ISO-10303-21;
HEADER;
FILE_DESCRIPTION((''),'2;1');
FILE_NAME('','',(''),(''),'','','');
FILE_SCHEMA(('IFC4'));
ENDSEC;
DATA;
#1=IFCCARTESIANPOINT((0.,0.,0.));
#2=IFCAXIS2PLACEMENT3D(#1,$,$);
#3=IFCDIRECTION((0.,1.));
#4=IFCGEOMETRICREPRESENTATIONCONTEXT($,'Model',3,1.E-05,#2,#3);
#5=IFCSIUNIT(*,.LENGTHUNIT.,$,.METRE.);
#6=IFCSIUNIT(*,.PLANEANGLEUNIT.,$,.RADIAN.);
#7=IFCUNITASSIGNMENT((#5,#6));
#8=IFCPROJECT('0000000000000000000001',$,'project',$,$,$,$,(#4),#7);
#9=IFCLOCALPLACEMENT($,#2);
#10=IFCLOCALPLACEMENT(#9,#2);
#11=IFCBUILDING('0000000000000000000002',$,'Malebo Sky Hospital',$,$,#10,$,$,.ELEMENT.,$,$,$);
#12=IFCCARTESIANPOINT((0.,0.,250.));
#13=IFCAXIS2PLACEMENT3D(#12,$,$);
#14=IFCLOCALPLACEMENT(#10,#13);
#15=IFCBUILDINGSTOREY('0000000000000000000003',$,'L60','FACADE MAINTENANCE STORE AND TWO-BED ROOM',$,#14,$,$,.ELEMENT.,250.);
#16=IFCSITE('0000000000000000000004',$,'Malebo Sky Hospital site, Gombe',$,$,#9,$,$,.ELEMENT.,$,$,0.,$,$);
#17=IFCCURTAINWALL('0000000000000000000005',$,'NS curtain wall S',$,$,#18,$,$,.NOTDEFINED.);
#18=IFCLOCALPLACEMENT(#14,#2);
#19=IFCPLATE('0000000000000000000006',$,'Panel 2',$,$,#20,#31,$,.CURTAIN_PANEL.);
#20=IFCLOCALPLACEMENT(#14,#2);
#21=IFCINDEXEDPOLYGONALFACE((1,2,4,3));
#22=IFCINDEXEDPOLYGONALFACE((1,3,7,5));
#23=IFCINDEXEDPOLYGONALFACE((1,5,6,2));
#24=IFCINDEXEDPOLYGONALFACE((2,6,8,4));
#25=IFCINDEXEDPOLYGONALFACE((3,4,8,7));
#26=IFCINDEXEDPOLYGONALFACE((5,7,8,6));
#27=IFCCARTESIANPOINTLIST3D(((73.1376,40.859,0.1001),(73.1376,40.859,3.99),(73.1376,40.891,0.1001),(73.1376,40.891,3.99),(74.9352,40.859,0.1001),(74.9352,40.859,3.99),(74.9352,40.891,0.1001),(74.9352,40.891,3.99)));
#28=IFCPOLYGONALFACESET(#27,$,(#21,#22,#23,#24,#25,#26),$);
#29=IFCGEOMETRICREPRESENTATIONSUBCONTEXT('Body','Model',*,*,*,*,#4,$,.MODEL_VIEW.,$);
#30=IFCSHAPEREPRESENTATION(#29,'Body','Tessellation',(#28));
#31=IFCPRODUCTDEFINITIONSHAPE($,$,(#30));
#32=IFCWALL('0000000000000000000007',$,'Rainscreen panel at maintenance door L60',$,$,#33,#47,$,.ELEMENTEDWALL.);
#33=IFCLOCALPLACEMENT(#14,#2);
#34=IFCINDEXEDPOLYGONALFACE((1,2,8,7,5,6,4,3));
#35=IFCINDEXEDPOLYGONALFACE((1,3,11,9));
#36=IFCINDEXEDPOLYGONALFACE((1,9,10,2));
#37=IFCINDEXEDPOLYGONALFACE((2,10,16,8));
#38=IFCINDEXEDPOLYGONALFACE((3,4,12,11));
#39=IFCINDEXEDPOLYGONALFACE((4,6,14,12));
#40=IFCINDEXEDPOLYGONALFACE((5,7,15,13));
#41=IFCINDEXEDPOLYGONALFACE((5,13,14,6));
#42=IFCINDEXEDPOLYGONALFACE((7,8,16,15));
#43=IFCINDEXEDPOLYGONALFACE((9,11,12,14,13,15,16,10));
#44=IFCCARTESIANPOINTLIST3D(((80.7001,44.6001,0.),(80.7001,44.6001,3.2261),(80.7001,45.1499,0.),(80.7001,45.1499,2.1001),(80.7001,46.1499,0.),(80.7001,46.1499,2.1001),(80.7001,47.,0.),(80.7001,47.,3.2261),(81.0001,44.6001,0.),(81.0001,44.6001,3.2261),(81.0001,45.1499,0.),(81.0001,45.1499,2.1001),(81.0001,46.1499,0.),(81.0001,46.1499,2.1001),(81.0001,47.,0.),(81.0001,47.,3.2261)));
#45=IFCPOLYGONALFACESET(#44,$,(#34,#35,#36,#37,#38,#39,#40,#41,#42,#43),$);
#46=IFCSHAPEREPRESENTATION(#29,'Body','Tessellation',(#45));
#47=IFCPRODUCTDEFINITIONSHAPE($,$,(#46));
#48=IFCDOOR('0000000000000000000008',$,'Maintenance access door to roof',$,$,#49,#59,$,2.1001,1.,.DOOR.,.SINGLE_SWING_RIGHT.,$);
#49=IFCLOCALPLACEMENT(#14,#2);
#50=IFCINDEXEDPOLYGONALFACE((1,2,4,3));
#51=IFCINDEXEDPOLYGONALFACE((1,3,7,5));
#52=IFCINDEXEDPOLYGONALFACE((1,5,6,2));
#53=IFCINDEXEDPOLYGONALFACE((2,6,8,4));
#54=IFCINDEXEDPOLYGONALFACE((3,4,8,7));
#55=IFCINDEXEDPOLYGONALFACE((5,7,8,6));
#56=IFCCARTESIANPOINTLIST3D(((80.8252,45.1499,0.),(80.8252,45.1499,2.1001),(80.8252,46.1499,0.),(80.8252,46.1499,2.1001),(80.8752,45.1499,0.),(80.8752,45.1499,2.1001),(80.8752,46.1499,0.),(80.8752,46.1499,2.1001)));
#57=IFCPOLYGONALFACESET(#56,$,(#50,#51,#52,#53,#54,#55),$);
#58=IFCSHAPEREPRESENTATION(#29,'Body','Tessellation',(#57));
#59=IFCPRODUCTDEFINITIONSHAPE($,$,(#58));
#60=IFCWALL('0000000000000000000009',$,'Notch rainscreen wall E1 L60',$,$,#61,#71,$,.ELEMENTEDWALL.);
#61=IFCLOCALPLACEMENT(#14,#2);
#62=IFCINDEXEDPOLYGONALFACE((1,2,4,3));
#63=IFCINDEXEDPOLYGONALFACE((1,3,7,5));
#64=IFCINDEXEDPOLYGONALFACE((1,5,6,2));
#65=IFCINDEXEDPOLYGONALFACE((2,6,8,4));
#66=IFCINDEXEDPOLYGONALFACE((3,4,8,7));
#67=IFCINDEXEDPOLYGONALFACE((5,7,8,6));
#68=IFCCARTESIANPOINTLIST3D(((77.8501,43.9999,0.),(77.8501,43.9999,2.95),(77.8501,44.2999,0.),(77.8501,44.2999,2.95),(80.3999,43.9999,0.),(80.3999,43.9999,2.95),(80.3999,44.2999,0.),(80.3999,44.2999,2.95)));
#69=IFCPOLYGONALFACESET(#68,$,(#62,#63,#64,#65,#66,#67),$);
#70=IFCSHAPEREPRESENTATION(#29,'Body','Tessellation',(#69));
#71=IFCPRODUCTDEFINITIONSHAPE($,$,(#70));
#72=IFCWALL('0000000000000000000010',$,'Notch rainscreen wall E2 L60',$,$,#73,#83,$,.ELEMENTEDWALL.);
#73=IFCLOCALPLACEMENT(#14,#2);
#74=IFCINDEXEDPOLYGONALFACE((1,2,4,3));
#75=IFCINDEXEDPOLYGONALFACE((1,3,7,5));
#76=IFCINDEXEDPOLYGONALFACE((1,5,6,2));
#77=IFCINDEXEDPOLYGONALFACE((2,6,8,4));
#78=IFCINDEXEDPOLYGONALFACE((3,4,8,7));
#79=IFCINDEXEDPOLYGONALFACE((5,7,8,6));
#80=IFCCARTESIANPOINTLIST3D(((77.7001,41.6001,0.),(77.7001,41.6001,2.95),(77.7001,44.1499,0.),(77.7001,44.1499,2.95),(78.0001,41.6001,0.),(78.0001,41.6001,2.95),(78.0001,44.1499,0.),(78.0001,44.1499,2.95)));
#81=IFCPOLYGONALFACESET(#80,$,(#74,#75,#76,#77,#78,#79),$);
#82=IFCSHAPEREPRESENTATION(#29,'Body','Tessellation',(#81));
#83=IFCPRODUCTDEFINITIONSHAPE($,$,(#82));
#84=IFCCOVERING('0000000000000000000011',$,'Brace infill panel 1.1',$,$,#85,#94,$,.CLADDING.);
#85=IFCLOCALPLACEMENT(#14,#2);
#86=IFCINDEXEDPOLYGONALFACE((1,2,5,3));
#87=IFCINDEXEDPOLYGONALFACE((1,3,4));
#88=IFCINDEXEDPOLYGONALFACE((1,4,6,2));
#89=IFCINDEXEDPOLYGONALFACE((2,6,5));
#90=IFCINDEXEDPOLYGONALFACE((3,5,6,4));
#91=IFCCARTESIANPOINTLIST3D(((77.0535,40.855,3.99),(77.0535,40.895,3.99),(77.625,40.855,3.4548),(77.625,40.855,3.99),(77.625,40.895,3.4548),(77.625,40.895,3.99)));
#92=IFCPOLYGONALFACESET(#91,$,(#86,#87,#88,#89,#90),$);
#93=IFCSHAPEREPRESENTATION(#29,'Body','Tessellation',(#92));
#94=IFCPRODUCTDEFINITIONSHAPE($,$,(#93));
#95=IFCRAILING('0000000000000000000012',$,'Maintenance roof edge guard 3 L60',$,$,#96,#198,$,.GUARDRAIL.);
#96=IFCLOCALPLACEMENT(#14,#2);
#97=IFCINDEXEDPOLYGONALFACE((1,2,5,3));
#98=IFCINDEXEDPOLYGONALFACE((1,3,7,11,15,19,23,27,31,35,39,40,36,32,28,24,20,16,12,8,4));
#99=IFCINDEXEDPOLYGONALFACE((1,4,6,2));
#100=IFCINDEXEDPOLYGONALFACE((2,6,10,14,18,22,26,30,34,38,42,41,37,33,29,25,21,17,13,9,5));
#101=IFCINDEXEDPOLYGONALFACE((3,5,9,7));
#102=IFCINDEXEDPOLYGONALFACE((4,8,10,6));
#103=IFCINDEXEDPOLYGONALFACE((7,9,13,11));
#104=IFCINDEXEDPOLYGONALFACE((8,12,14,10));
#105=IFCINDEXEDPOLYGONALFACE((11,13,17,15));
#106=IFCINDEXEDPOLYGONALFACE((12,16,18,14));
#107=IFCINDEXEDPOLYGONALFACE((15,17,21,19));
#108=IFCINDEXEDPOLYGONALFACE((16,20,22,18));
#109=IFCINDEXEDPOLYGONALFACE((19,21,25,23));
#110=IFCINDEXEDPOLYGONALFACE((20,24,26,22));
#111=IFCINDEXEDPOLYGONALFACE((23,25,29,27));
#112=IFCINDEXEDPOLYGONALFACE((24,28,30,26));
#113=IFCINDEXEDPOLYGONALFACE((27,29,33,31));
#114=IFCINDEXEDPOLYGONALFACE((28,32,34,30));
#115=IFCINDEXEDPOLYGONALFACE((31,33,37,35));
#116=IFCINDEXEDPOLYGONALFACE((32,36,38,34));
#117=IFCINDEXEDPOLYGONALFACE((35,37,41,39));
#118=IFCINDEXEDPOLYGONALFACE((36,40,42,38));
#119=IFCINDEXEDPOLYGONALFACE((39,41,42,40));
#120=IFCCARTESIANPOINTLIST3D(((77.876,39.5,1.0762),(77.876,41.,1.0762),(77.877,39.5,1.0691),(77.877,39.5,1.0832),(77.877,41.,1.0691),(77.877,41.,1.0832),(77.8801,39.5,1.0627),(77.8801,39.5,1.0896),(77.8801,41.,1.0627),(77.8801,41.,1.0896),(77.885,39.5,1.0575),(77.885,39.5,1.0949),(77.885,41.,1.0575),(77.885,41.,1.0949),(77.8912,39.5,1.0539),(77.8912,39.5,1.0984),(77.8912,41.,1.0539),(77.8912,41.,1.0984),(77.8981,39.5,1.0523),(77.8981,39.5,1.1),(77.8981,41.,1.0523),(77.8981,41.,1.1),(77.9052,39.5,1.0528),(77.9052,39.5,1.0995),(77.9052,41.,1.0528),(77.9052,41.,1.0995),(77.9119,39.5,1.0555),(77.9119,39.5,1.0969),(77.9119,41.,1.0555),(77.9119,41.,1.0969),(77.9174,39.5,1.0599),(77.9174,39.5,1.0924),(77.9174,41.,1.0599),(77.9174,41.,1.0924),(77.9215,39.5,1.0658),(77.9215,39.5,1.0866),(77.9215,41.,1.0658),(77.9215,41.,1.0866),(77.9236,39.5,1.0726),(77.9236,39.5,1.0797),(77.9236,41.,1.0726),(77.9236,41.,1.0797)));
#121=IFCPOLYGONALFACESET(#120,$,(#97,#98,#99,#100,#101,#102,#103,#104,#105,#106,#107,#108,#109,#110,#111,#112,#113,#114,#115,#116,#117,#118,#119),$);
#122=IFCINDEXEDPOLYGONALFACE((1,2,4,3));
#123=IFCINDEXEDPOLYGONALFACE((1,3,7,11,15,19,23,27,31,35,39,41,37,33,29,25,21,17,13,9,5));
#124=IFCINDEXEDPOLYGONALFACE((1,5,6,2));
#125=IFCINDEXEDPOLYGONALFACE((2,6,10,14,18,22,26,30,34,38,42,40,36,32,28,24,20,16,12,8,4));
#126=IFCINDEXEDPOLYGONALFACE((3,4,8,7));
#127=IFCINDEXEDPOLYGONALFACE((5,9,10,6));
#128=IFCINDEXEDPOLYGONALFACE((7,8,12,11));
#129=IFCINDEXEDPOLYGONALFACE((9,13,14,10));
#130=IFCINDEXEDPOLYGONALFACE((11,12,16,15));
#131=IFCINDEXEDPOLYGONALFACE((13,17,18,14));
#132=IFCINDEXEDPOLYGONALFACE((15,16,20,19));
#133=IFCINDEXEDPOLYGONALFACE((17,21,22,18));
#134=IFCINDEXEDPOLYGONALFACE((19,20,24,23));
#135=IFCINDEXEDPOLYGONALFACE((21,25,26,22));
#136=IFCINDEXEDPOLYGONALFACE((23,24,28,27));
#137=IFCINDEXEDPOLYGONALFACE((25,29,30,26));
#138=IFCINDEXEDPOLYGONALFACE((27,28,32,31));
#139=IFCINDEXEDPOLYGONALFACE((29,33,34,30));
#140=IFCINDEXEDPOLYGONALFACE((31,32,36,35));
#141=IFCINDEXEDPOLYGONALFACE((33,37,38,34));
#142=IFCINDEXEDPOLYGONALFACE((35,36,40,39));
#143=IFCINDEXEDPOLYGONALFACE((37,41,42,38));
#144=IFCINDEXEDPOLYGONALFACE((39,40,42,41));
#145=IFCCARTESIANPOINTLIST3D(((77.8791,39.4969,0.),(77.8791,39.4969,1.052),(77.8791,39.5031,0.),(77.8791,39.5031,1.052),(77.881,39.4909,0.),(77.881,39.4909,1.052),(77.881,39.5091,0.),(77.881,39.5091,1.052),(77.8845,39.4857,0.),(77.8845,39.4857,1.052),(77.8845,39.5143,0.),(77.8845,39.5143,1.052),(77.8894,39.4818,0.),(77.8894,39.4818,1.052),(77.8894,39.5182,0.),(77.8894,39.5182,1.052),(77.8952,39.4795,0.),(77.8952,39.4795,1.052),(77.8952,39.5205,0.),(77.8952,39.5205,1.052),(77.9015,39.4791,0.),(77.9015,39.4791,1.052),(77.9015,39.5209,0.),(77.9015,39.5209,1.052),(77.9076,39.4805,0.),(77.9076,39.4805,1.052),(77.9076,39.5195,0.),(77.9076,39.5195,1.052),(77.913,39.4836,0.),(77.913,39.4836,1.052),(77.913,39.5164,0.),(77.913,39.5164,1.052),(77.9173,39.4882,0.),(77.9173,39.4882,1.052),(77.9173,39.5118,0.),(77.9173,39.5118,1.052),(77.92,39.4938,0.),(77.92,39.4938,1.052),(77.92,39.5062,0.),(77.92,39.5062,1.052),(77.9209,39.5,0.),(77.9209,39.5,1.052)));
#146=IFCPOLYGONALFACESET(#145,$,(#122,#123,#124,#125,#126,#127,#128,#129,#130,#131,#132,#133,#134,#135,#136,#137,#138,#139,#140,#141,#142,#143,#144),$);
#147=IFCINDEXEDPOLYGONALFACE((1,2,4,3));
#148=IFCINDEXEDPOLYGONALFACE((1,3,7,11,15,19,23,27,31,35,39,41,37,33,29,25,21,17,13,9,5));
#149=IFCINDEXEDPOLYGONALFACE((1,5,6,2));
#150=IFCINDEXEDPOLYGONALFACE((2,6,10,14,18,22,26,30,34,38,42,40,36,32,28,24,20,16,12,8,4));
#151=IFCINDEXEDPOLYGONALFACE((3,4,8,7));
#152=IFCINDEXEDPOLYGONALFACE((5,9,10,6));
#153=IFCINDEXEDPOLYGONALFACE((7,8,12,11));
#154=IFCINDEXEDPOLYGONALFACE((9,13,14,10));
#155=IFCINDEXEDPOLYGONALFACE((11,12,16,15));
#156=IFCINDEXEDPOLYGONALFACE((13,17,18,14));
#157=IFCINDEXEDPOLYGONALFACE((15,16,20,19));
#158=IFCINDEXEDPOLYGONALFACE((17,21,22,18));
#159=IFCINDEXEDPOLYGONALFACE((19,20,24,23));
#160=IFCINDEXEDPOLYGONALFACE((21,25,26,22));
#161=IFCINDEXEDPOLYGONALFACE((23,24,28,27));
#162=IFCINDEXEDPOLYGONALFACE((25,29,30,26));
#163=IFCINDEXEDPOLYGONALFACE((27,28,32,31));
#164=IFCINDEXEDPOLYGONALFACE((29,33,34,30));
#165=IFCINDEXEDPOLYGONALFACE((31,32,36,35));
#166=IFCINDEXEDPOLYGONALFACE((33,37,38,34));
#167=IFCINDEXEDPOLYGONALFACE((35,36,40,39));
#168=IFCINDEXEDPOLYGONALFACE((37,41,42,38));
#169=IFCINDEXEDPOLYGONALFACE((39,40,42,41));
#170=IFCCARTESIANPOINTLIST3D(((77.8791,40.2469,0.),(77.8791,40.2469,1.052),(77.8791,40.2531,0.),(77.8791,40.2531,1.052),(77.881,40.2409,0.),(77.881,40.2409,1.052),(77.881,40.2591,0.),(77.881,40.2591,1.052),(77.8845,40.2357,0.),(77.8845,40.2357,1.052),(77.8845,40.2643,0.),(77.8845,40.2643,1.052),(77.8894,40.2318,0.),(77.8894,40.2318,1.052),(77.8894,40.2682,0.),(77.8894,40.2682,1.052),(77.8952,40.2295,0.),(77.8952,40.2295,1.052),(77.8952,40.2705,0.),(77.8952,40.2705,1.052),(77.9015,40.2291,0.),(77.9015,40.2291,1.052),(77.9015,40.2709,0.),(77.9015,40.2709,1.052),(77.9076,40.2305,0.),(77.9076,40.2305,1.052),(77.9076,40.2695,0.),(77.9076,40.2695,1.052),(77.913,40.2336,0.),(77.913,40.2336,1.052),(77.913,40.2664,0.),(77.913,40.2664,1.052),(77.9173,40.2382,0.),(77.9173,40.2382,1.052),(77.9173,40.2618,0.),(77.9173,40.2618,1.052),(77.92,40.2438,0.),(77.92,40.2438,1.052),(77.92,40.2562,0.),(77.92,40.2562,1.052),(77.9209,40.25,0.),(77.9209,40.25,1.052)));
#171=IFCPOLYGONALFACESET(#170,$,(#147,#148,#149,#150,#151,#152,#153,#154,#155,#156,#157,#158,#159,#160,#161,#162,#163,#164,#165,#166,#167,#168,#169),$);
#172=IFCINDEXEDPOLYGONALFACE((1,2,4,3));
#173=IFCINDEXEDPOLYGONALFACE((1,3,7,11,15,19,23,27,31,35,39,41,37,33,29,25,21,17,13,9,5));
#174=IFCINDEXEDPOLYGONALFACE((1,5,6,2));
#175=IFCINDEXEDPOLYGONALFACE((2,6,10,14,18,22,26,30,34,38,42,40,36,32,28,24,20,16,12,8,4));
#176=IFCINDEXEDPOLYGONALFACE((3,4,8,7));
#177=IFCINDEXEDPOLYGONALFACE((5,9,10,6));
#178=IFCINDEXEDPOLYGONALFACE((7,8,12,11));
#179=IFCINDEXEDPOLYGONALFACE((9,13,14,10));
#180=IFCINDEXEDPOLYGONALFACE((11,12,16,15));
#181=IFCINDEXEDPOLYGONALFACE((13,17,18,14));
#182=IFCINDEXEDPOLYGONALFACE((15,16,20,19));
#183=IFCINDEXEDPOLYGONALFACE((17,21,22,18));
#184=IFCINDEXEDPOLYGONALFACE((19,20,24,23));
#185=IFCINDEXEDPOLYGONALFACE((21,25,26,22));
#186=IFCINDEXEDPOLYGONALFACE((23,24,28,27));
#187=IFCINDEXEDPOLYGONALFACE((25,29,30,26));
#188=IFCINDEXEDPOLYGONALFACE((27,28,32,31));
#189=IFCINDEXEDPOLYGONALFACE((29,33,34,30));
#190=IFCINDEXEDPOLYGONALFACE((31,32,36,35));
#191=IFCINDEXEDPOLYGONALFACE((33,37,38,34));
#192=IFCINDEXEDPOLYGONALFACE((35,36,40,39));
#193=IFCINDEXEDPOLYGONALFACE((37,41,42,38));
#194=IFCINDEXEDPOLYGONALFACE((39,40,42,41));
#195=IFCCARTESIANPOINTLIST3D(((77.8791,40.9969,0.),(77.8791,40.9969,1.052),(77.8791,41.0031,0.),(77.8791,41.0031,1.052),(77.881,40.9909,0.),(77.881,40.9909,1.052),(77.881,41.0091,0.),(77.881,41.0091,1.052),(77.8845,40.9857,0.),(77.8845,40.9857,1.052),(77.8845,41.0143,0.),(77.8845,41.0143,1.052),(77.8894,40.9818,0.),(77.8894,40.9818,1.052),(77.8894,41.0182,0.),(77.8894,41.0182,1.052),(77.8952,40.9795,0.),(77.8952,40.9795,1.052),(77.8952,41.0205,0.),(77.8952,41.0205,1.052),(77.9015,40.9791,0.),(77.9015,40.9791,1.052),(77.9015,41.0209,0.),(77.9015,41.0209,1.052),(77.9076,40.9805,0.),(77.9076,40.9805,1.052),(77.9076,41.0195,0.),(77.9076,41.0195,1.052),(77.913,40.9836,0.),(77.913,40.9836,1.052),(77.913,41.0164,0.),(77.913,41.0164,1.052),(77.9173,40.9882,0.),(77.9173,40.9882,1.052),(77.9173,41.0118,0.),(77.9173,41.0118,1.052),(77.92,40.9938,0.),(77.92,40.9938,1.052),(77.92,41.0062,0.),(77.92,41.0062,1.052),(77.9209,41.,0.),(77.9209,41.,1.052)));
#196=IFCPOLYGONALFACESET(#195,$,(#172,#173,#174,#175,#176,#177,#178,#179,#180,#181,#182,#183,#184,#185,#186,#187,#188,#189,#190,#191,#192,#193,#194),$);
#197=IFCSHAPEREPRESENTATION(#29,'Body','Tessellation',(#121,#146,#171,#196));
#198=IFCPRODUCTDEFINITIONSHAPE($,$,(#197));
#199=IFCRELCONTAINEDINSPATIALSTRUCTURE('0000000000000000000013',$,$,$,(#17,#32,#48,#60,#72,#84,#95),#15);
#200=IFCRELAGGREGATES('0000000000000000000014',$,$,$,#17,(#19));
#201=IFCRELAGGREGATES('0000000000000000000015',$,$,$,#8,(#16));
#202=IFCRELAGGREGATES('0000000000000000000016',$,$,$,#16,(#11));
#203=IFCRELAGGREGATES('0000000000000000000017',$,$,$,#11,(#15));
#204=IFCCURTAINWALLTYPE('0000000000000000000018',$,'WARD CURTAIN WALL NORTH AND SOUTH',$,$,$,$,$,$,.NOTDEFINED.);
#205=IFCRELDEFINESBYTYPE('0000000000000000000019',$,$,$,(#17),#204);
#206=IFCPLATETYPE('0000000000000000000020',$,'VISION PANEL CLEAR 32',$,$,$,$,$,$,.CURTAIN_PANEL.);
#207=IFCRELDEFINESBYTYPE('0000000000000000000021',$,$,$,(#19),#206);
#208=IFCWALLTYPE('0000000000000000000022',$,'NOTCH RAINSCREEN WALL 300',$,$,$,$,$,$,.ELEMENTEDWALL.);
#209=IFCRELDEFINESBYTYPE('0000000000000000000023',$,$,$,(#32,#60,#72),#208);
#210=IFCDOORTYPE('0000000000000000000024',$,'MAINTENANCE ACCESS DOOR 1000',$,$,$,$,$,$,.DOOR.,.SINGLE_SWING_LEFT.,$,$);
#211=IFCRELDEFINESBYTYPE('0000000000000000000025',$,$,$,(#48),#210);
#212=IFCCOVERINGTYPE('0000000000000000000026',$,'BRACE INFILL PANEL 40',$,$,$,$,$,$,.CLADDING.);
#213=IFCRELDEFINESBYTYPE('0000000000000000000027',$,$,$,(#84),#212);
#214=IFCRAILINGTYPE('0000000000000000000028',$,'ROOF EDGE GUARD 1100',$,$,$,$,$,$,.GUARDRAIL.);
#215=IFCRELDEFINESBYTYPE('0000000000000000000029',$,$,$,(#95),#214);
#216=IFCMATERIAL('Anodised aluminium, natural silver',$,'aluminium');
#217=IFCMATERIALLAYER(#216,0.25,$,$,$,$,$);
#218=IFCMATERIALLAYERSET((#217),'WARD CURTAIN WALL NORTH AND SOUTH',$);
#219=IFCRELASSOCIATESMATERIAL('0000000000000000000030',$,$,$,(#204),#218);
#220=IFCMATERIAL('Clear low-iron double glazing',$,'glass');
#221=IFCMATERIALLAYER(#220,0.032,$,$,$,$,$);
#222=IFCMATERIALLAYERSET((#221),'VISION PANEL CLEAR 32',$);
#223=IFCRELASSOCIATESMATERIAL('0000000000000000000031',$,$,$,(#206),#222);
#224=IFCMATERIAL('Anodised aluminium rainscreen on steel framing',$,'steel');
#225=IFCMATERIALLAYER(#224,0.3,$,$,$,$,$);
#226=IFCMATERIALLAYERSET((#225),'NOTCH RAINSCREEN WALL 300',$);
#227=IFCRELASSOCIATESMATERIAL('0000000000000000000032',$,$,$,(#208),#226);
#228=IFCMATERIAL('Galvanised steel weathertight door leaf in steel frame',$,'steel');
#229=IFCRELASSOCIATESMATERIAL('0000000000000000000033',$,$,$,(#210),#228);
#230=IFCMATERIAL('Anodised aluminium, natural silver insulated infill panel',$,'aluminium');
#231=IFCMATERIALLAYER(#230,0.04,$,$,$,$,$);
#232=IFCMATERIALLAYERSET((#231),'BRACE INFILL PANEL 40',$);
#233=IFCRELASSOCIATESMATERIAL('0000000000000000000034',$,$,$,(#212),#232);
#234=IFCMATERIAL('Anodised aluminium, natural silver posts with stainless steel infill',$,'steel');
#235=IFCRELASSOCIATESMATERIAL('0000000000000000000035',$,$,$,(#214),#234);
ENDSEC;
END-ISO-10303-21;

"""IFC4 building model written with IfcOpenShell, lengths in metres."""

from ifc_helpers import new_model, si_unit, direction, frame, frame_2d, origin, origin_2d, place, context, subcontext, project, spatial, polyline, rectangle, circle, outline, extrude, material, layer, layer_set, type_object, element, fill, aggregate, save


model = new_model("IFC4")

# Units and contexts
model_context = context("Model", 3, precision=1e-05, world=origin(), true_north=direction((0.0, 1.0)))
body_context = subcontext(model_context, "Body", "Model", "MODEL_VIEW")
ifc_project = project(units=[si_unit("LENGTHUNIT", "METRE"), si_unit("PLANEANGLEUNIT", "RADIAN")], contexts=[model_context])

# Site, building, storey
site_placement = place(None, origin())
site = spatial("IfcSite", under=ifc_project, at=site_placement, Name="Malebo Sky Hospital site, Gombe", CompositionType="ELEMENT", RefElevation=0.0)
building_placement = place(site_placement, origin())
building = spatial("IfcBuilding", under=site, at=building_placement, Name="Malebo Sky Hospital", CompositionType="ELEMENT")
storey_placement = place(building_placement, frame((0.0, 0.0, 250.0)))
storey = spatial("IfcBuildingStorey", under=building, at=storey_placement, Name="L60", Description="FACADE MAINTENANCE STORE AND TWO-BED ROOM", CompositionType="ELEMENT", Elevation=250.0)

# Curtain wall
ifc_material_1 = material(Name="Anodised aluminium, natural silver", Category="aluminium")
ifc_layer_1 = layer(ifc_material_1, 0.25)
ifc_layer_set_1 = layer_set([ifc_layer_1], Name="WARD CURTAIN WALL NORTH AND SOUTH")
curtain_wall_type_1 = type_object("IfcCurtainWallType", Name="WARD CURTAIN WALL NORTH AND SOUTH", PredefinedType="NOTDEFINED", material=ifc_layer_set_1)
curtain_wall_1_placement = place(storey_placement, origin())
curtain_wall_1 = element("IfcCurtainWall", 1, at=curtain_wall_1_placement, inside=storey, type_object=curtain_wall_type_1, Name="NS curtain wall S", PredefinedType="NOTDEFINED")

# Plate
ifc_material_2 = material(Name="Clear low-iron double glazing", Category="glass")
ifc_layer_2 = layer(ifc_material_2, 0.032)
ifc_layer_set_2 = layer_set([ifc_layer_2], Name="VISION PANEL CLEAR 32")
plate_type = type_object("IfcPlateType", Name="VISION PANEL CLEAR 32", PredefinedType="CURTAIN_PANEL", material=ifc_layer_set_2)
plate_1_placement = place(storey_placement, frame((74.0364, 40.875, 0.1001), z_axis=(0.0, 0.0, 1.0), x_axis=(-1.0, 0.0, 0.0)))
plate_1 = element("IfcPlate", 2, at=plate_1_placement, type_object=plate_type, Name="Panel 2", PredefinedType="CURTAIN_PANEL", context=body_context, shape_type="SweptSolid", body=[
    extrude(rectangle(XDim=1.7976, YDim=0.032, at=origin_2d()), origin(), (0.0, 0.0, 1.0), 3.8899),
])
aggregate(curtain_wall_1, [plate_1])

# Wall, opening, door
ifc_material_3 = material(Name="Anodised aluminium rainscreen on steel framing", Category="steel")
ifc_layer_3 = layer(ifc_material_3, 0.3)
ifc_layer_set_3 = layer_set([ifc_layer_3], Name="NOTCH RAINSCREEN WALL 300")
wall_type = type_object("IfcWallType", Name="NOTCH RAINSCREEN WALL 300", PredefinedType="ELEMENTEDWALL", material=ifc_layer_set_3)
wall_placement = place(storey_placement, frame((80.8501, 47.0, 0.0), z_axis=(0.0, 0.0, 1.0), x_axis=(0.0, -1.0, 0.0)))
wall = element("IfcWall", 3, at=wall_placement, inside=storey, type_object=wall_type, Name="Rainscreen panel at maintenance door L60", PredefinedType="ELEMENTEDWALL", context=body_context, shape_type="SweptSolid", body=[
    extrude(rectangle(XDim=2.3999, YDim=0.3, at=frame_2d((1.2, 0.0))), origin(), (0.0, 0.0, 1.0), 3.2261),
])
opening_placement = place(wall_placement, frame((0.8501, 0.0, 0.0)))
opening = element("IfcOpeningElement", 4, at=opening_placement, cuts=wall, PredefinedType="OPENING", context=body_context, shape_type="SweptSolid", body=[
    extrude(rectangle(XDim=1.0, YDim=2.1001, at=frame_2d((0.5, 1.05))), frame((0.0, 0.1599, 0.0), z_axis=(0.0, -1.0, 0.0), x_axis=(1.0, 0.0, 0.0)), (0.0, 0.0, 1.0), 0.3201),
])
ifc_material_4 = material(Name="Galvanised steel weathertight door leaf in steel frame", Category="steel")
door_type = type_object("IfcDoorType", Name="MAINTENANCE ACCESS DOOR 1000", OperationType="SINGLE_SWING_LEFT", PredefinedType="DOOR", material=ifc_material_4)
door_placement = place(opening_placement, frame((1.0, 0.0, 0.0), z_axis=(0.0, 0.0, 1.0), x_axis=(-1.0, 0.0, 0.0)))
door = element("IfcDoor", 5, at=door_placement, inside=storey, type_object=door_type, Name="Maintenance access door to roof", OperationType="SINGLE_SWING_RIGHT", OverallHeight=2.1001, OverallWidth=1.0, PredefinedType="DOOR", context=body_context, shape_type="SweptSolid", body=[
    extrude(rectangle(XDim=1.0, YDim=2.1001, at=frame_2d((0.5, 1.05))), frame((0.0, 0.0249, 0.0), z_axis=(0.0, -1.0, 0.0), x_axis=(1.0, 0.0, 0.0)), (0.0, 0.0, 1.0), 0.05),
])
fill(opening, door)

# Walls
for number, where, z_axis, x_axis, name in (
    (6, (80.3999, 44.1499, 0.0), (0.0, 0.0, 1.0), (-1.0, 0.0, 0.0), "Notch rainscreen wall E1 L60"),
    (7, (77.8501, 44.1499, 0.0), (0.0, 0.0, 1.0), (0.0, -1.0, 0.0), "Notch rainscreen wall E2 L60"),
):
    element("IfcWall", number, at=place(storey_placement, frame(where, z_axis=z_axis, x_axis=x_axis)), inside=storey, type_object=wall_type, Name=name, PredefinedType="ELEMENTEDWALL", context=body_context, shape_type="SweptSolid", body=[
        extrude(rectangle(XDim=2.5498, YDim=0.3, at=frame_2d((1.2749, 0.0))), origin(), (0.0, 0.0, 1.0), 2.95),
    ])

# Covering
ifc_material_5 = material(Name="Anodised aluminium, natural silver insulated infill panel", Category="aluminium")
ifc_layer_4 = layer(ifc_material_5, 0.04)
ifc_layer_set_4 = layer_set([ifc_layer_4], Name="BRACE INFILL PANEL 40")
covering_type = type_object("IfcCoveringType", Name="BRACE INFILL PANEL 40", PredefinedType="CLADDING", material=ifc_layer_set_4)
covering_placement = place(storey_placement, frame((77.3391, 40.875, 3.4548), z_axis=(0.0, 0.0, 1.0), x_axis=(-1.0, 0.0, 0.0)))
element("IfcCovering", 8, at=covering_placement, inside=storey, type_object=covering_type, Name="Brace infill panel 1.1", PredefinedType="CLADDING", context=body_context, shape_type="SweptSolid", body=[
    extrude(outline(polyline([(-0.2859, 0.0), (0.2856, 0.5352), (-0.2859, 0.5352), (-0.2859, 0.0)])), frame((0.0, 0.02, 0.0), z_axis=(0.0, -1.0, 0.0), x_axis=(1.0, 0.0, 0.0)), (0.0, 0.0, 1.0), 0.04),
])

# Railing
ifc_material_6 = material(Name="Anodised aluminium, natural silver posts with stainless steel infill", Category="steel")
railing_type = type_object("IfcRailingType", Name="ROOF EDGE GUARD 1100", PredefinedType="GUARDRAIL", material=ifc_material_6)
railing_1_placement = place(storey_placement, frame((77.8999, 39.5, 0.0)))
element("IfcRailing", 9, at=railing_1_placement, inside=storey, type_object=railing_type, Name="Maintenance roof edge guard 3 L60", PredefinedType="GUARDRAIL", context=body_context, shape_type="SweptSolid", body=[
    extrude(circle(Radius=0.0239, at=origin_2d()), frame((0.0, 0.0, 1.0762), z_axis=(0.0, 1.0, 0.0), x_axis=(-1.0, 0.0, 0.0)), (0.0, 0.0, 1.0), 1.5),
    extrude(circle(Radius=0.021, at=origin_2d()), origin(), (0.0, 0.0, 1.0), 1.052),
    extrude(circle(Radius=0.021, at=origin_2d()), frame((0.0, 0.75, 0.0)), (0.0, 0.0, 1.0), 1.052),
    extrude(circle(Radius=0.021, at=origin_2d()), frame((0.0, 1.5, 0.0)), (0.0, 0.0, 1.0), 1.052),
])

save(model, "model.ifc")
